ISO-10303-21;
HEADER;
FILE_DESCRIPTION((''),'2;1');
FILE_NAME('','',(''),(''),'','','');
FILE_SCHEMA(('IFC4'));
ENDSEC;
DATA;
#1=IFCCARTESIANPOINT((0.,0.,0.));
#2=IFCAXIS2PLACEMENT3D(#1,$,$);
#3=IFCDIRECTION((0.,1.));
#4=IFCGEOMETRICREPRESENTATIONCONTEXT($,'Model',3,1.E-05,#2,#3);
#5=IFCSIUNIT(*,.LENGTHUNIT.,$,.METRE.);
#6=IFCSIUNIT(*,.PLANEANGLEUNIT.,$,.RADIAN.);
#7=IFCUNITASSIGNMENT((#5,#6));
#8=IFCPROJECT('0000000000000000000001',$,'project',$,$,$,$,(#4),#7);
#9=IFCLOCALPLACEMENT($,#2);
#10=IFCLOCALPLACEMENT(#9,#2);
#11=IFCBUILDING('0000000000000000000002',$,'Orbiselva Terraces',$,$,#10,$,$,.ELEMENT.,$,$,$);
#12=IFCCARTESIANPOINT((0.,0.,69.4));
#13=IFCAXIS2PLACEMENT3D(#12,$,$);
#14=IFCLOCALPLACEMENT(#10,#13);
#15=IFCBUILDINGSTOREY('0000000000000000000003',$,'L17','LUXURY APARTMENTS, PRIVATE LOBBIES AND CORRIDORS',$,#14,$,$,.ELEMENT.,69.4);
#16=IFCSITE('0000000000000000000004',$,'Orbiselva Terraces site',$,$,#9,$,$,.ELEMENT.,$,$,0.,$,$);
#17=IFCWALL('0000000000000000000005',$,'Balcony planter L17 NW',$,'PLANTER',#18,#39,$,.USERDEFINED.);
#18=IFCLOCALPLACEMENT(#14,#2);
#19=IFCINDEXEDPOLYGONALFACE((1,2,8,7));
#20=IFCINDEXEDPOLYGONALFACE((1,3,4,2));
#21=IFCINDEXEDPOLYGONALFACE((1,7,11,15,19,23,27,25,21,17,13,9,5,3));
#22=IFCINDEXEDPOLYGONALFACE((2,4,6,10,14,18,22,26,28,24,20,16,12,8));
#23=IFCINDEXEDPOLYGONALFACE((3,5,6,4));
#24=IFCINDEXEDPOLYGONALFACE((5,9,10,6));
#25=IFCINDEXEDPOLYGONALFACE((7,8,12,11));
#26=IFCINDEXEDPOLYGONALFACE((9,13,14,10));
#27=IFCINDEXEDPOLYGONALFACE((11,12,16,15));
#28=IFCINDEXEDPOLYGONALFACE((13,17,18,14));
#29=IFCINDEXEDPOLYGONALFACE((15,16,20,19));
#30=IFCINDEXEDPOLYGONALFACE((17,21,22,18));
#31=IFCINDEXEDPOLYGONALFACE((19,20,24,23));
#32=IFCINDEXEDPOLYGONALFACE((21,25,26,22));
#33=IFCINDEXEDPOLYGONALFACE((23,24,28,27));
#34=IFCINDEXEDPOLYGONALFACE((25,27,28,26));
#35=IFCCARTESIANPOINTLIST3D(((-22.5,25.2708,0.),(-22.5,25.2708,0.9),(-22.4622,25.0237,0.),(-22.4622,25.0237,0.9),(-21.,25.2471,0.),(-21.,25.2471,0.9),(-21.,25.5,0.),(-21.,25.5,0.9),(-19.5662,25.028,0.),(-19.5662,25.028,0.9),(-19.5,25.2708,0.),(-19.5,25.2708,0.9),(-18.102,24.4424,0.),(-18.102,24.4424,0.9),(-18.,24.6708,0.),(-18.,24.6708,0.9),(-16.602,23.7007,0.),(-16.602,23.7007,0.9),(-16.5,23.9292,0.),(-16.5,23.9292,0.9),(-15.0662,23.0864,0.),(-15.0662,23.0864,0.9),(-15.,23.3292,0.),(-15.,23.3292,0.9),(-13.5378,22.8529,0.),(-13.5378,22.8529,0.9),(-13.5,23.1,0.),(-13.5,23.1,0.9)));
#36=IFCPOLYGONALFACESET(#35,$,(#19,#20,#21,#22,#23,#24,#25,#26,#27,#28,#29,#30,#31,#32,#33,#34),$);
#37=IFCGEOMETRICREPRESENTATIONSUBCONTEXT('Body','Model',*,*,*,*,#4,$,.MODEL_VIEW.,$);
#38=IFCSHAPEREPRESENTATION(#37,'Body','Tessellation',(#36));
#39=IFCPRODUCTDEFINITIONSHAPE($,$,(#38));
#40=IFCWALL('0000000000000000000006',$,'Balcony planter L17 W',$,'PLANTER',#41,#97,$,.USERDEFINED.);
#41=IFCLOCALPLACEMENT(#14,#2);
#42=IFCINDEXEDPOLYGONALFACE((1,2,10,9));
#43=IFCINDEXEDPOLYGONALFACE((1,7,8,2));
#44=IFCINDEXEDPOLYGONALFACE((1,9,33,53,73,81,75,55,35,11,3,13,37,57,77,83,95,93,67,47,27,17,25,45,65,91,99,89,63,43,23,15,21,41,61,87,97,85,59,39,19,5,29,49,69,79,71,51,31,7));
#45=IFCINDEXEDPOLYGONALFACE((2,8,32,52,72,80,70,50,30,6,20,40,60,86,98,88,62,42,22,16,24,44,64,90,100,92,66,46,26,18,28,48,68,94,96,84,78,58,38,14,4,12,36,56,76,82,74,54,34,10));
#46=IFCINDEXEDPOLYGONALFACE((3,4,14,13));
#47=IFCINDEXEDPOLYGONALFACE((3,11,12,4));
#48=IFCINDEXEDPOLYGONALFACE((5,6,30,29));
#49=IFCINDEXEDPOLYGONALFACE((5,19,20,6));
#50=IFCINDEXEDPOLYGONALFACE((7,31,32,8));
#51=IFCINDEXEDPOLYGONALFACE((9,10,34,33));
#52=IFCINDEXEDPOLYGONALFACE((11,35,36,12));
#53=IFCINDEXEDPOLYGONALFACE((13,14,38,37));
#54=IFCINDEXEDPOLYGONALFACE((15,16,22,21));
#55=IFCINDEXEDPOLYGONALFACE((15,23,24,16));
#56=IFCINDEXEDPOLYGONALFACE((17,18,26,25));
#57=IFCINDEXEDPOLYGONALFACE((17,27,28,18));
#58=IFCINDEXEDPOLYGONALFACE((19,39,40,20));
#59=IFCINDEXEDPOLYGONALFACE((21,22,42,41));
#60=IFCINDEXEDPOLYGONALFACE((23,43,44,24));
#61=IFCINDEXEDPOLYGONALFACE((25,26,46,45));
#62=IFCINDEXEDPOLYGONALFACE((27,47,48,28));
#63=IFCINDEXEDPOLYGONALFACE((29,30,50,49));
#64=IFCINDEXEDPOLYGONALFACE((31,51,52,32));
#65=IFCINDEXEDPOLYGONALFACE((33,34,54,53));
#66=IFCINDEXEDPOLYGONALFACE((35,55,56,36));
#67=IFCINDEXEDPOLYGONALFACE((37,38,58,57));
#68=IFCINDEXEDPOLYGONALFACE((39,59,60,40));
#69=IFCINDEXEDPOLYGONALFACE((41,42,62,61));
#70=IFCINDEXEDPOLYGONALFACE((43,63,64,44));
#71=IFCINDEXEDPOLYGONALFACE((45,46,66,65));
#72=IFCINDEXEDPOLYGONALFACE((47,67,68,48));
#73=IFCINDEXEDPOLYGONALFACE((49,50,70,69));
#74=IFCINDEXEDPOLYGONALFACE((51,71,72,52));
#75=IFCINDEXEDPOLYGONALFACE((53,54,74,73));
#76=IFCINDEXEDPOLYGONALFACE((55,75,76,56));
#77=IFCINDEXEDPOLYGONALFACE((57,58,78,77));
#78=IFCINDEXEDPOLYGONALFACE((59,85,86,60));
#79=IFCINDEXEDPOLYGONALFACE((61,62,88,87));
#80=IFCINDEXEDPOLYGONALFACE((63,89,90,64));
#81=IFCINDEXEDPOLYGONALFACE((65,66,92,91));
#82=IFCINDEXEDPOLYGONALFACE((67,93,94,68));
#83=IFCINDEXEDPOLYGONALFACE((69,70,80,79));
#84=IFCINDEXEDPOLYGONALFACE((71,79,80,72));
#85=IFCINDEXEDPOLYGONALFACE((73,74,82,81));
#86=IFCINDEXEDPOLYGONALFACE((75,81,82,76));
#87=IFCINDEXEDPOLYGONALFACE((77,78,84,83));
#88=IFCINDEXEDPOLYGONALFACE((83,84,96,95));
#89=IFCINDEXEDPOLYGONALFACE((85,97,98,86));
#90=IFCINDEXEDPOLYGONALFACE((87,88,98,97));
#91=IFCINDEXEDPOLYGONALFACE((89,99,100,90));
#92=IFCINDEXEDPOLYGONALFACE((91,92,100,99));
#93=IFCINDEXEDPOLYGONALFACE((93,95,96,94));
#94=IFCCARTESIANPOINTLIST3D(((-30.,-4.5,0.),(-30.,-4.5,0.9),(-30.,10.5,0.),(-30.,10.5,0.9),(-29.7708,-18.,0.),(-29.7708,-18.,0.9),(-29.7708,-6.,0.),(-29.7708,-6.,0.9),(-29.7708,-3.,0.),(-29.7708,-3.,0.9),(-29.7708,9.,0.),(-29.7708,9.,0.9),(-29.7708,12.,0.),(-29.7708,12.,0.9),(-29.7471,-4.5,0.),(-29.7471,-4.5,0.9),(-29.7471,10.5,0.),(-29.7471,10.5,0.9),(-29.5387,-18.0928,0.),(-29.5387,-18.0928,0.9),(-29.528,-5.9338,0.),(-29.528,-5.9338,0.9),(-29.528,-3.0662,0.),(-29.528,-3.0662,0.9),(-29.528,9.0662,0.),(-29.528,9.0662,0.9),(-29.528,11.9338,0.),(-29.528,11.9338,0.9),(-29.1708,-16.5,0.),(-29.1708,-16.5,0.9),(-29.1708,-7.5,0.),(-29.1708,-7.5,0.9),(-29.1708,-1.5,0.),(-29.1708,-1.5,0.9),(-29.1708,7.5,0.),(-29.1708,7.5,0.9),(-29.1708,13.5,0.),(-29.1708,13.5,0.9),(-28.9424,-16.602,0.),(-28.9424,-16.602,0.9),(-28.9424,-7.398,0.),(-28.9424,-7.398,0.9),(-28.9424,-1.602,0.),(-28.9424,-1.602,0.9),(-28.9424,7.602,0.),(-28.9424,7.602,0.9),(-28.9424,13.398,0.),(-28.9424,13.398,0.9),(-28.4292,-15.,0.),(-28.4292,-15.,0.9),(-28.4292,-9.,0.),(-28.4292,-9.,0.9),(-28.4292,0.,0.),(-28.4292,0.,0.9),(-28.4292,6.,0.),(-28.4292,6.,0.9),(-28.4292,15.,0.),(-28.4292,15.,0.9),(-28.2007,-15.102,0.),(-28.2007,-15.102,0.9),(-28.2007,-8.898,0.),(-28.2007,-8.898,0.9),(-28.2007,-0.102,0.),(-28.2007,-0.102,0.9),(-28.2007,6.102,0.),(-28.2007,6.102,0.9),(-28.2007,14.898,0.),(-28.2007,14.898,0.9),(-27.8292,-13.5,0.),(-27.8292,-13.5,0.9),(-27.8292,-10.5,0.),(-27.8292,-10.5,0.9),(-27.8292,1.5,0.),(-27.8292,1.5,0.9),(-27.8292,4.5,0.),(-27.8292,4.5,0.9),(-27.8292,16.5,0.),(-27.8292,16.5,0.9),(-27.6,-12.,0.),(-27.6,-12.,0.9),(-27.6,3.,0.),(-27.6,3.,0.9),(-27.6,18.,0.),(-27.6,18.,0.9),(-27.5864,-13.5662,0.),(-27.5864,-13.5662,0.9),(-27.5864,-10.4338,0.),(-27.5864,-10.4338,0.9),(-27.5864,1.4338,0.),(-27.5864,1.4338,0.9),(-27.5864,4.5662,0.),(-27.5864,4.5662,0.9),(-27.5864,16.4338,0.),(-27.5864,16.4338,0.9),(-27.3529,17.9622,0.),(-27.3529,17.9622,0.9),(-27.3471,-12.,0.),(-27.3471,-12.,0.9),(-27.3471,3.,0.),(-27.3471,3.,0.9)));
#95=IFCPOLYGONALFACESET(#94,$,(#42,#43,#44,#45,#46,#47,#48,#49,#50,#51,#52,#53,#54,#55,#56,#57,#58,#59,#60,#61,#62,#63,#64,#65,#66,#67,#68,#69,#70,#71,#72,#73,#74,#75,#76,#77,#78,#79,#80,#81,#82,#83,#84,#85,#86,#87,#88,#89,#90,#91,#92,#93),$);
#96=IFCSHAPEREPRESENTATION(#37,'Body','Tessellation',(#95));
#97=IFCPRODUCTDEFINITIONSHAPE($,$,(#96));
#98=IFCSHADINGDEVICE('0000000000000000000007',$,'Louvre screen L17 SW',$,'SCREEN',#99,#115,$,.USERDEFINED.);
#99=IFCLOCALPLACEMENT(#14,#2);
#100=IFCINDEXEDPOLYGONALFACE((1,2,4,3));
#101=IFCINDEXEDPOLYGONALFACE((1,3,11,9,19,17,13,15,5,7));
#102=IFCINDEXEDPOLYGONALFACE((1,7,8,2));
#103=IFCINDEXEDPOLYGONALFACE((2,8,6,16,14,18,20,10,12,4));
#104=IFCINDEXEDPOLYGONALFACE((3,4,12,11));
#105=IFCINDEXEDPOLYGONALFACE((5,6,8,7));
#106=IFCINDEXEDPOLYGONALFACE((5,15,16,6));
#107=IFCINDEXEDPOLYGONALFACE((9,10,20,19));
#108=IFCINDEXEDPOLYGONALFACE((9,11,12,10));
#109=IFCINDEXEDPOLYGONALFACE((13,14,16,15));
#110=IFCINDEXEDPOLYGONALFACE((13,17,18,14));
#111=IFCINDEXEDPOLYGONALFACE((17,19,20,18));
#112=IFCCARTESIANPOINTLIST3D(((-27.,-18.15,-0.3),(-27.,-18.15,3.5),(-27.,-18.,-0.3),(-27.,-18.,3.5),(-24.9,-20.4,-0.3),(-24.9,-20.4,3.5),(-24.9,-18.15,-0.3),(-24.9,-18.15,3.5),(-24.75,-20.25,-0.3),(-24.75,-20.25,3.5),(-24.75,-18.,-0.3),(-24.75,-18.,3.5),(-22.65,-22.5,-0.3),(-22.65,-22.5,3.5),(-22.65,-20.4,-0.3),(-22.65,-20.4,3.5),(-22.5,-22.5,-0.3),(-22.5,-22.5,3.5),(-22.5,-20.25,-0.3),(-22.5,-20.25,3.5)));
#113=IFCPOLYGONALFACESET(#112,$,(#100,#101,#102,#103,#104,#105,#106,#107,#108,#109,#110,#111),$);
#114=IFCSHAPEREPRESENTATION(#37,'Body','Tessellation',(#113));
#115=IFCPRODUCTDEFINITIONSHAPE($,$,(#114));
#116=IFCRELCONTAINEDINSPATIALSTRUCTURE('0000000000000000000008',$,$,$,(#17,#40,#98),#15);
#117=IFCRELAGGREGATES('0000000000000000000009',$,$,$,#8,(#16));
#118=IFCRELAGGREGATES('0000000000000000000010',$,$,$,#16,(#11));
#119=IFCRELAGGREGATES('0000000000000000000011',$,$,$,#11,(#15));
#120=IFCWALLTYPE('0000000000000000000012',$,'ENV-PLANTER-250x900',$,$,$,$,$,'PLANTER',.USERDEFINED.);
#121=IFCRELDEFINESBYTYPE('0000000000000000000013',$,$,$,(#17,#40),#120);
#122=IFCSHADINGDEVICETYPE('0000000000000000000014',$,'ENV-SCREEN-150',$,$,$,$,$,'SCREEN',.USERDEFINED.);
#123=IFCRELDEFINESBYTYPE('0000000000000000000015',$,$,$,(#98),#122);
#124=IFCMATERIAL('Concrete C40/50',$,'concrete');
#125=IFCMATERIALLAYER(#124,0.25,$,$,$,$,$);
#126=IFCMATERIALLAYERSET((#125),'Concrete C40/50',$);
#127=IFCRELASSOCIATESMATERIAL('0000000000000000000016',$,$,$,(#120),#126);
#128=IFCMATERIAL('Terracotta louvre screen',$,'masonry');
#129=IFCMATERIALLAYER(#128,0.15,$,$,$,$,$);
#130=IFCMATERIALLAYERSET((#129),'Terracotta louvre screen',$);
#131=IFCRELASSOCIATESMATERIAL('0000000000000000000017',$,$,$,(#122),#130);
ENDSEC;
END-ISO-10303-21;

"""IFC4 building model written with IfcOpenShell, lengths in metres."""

from ifc_helpers import new_model, si_unit, direction, frame, origin, place, context, subcontext, project, spatial, polyline, outline, extrude, material, layer, layer_set, type_object, element, save


model = new_model("IFC4")

# Units and contexts
model_context = context("Model", 3, precision=1e-05, world=origin(), true_north=direction((0.0, 1.0)))
body_context = subcontext(model_context, "Body", "Model", "MODEL_VIEW")
ifc_project = project(units=[si_unit("LENGTHUNIT", "METRE"), si_unit("PLANEANGLEUNIT", "RADIAN")], contexts=[model_context])

# Site, building, storey
site_placement = place(None, origin())
site = spatial("IfcSite", under=ifc_project, at=site_placement, Name="Orbiselva Terraces site", CompositionType="ELEMENT", RefElevation=0.0)
building_placement = place(site_placement, origin())
building = spatial("IfcBuilding", under=site, at=building_placement, Name="Orbiselva Terraces", CompositionType="ELEMENT")
storey_placement = place(building_placement, frame((0.0, 0.0, 69.4)))
storey = spatial("IfcBuildingStorey", under=building, at=storey_placement, Name="L17", Description="LUXURY APARTMENTS, PRIVATE LOBBIES AND CORRIDORS", CompositionType="ELEMENT", Elevation=69.4)

# Shared definitions
ifc_material_1 = material(Name="Concrete C40/50", Category="concrete")

# Walls
ifc_layer_1 = layer(ifc_material_1, 0.25)
ifc_layer_set_1 = layer_set([ifc_layer_1], Name="Concrete C40/50")
wall_type = type_object("IfcWallType", Name="ENV-PLANTER-250x900", ElementType="PLANTER", PredefinedType="USERDEFINED", material=ifc_layer_set_1)
wall_1_placement = place(storey_placement, origin())
element("IfcWall", 1, at=wall_1_placement, inside=storey, type_object=wall_type, Name="Balcony planter L17 NW", ObjectType="PLANTER", PredefinedType="USERDEFINED", context=body_context, shape_type="SweptSolid", body=[
    extrude(outline(polyline([(-13.5, 23.1), (-15.0, 23.3292), (-16.5, 23.9292), (-18.0, 24.6708), (-19.5, 25.2708), (-21.0, 25.5), (-22.5, 25.2708), (-22.4622, 25.0237), (-21.0, 25.2471), (-19.5662, 25.028), (-18.102, 24.4424), (-16.602, 23.7007), (-15.0662, 23.0864), (-13.5378, 22.8529), (-13.5, 23.1)])), origin(), (0.0, 0.0, 1.0), 0.9),
])
wall_2_placement = place(storey_placement, origin())
element("IfcWall", 2, at=wall_2_placement, inside=storey, type_object=wall_type, Name="Balcony planter L17 W", ObjectType="PLANTER", PredefinedType="USERDEFINED", context=body_context, shape_type="SweptSolid", body=[
    extrude(outline(polyline([(-27.6, 18.0), (-27.8292, 16.5), (-28.4292, 15.0), (-29.1708, 13.5), (-29.7708, 12.0), (-30.0, 10.5), (-29.7708, 9.0), (-29.1708, 7.5), (-28.4292, 6.0), (-27.8292, 4.5), (-27.6, 3.0), (-27.8292, 1.5), (-28.4292, 0.0), (-29.1708, -1.5), (-29.7708, -3.0), (-30.0, -4.5), (-29.7708, -6.0), (-29.1708, -7.5), (-28.4292, -9.0), (-27.8292, -10.5), (-27.6, -12.0), (-27.8292, -13.5), (-28.4292, -15.0), (-29.1708, -16.5), (-29.7708, -18.0), (-29.5387, -18.0928), (-28.9424, -16.602), (-28.2007, -15.102), (-27.5864, -13.5662), (-27.3471, -12.0), (-27.5864, -10.4338), (-28.2007, -8.898), (-28.9424, -7.398), (-29.528, -5.9338), (-29.7471, -4.5), (-29.528, -3.0662), (-28.9424, -1.602), (-28.2007, -0.102), (-27.5864, 1.4338), (-27.3471, 3.0), (-27.5864, 4.5662), (-28.2007, 6.102), (-28.9424, 7.602), (-29.528, 9.0662), (-29.7471, 10.5), (-29.528, 11.9338), (-28.9424, 13.398), (-28.2007, 14.898), (-27.5864, 16.4338), (-27.3529, 17.9622), (-27.6, 18.0)])), origin(), (0.0, 0.0, 1.0), 0.9),
])

# Shading device
ifc_material_2 = material(Name="Terracotta louvre screen", Category="masonry")
ifc_layer_2 = layer(ifc_material_2, 0.15)
ifc_layer_set_2 = layer_set([ifc_layer_2], Name="Terracotta louvre screen")
shading_device_type = type_object("IfcShadingDeviceType", Name="ENV-SCREEN-150", ElementType="SCREEN", PredefinedType="USERDEFINED", material=ifc_layer_set_2)
shading_device_placement = place(storey_placement, frame((0.0, 0.0, -0.3)))
element("IfcShadingDevice", 3, at=shading_device_placement, inside=storey, type_object=shading_device_type, Name="Louvre screen L17 SW", ObjectType="SCREEN", PredefinedType="USERDEFINED", context=body_context, shape_type="SweptSolid", body=[
    extrude(outline(polyline([(-27.0, -18.15), (-24.9, -18.15), (-24.9, -20.4), (-22.65, -20.4), (-22.65, -22.5), (-22.5, -22.5), (-22.5, -20.25), (-24.75, -20.25), (-24.75, -18.0), (-27.0, -18.0), (-27.0, -18.15)])), origin(), (0.0, 0.0, 1.0), 3.8),
])

save(model, "model.ifc")
